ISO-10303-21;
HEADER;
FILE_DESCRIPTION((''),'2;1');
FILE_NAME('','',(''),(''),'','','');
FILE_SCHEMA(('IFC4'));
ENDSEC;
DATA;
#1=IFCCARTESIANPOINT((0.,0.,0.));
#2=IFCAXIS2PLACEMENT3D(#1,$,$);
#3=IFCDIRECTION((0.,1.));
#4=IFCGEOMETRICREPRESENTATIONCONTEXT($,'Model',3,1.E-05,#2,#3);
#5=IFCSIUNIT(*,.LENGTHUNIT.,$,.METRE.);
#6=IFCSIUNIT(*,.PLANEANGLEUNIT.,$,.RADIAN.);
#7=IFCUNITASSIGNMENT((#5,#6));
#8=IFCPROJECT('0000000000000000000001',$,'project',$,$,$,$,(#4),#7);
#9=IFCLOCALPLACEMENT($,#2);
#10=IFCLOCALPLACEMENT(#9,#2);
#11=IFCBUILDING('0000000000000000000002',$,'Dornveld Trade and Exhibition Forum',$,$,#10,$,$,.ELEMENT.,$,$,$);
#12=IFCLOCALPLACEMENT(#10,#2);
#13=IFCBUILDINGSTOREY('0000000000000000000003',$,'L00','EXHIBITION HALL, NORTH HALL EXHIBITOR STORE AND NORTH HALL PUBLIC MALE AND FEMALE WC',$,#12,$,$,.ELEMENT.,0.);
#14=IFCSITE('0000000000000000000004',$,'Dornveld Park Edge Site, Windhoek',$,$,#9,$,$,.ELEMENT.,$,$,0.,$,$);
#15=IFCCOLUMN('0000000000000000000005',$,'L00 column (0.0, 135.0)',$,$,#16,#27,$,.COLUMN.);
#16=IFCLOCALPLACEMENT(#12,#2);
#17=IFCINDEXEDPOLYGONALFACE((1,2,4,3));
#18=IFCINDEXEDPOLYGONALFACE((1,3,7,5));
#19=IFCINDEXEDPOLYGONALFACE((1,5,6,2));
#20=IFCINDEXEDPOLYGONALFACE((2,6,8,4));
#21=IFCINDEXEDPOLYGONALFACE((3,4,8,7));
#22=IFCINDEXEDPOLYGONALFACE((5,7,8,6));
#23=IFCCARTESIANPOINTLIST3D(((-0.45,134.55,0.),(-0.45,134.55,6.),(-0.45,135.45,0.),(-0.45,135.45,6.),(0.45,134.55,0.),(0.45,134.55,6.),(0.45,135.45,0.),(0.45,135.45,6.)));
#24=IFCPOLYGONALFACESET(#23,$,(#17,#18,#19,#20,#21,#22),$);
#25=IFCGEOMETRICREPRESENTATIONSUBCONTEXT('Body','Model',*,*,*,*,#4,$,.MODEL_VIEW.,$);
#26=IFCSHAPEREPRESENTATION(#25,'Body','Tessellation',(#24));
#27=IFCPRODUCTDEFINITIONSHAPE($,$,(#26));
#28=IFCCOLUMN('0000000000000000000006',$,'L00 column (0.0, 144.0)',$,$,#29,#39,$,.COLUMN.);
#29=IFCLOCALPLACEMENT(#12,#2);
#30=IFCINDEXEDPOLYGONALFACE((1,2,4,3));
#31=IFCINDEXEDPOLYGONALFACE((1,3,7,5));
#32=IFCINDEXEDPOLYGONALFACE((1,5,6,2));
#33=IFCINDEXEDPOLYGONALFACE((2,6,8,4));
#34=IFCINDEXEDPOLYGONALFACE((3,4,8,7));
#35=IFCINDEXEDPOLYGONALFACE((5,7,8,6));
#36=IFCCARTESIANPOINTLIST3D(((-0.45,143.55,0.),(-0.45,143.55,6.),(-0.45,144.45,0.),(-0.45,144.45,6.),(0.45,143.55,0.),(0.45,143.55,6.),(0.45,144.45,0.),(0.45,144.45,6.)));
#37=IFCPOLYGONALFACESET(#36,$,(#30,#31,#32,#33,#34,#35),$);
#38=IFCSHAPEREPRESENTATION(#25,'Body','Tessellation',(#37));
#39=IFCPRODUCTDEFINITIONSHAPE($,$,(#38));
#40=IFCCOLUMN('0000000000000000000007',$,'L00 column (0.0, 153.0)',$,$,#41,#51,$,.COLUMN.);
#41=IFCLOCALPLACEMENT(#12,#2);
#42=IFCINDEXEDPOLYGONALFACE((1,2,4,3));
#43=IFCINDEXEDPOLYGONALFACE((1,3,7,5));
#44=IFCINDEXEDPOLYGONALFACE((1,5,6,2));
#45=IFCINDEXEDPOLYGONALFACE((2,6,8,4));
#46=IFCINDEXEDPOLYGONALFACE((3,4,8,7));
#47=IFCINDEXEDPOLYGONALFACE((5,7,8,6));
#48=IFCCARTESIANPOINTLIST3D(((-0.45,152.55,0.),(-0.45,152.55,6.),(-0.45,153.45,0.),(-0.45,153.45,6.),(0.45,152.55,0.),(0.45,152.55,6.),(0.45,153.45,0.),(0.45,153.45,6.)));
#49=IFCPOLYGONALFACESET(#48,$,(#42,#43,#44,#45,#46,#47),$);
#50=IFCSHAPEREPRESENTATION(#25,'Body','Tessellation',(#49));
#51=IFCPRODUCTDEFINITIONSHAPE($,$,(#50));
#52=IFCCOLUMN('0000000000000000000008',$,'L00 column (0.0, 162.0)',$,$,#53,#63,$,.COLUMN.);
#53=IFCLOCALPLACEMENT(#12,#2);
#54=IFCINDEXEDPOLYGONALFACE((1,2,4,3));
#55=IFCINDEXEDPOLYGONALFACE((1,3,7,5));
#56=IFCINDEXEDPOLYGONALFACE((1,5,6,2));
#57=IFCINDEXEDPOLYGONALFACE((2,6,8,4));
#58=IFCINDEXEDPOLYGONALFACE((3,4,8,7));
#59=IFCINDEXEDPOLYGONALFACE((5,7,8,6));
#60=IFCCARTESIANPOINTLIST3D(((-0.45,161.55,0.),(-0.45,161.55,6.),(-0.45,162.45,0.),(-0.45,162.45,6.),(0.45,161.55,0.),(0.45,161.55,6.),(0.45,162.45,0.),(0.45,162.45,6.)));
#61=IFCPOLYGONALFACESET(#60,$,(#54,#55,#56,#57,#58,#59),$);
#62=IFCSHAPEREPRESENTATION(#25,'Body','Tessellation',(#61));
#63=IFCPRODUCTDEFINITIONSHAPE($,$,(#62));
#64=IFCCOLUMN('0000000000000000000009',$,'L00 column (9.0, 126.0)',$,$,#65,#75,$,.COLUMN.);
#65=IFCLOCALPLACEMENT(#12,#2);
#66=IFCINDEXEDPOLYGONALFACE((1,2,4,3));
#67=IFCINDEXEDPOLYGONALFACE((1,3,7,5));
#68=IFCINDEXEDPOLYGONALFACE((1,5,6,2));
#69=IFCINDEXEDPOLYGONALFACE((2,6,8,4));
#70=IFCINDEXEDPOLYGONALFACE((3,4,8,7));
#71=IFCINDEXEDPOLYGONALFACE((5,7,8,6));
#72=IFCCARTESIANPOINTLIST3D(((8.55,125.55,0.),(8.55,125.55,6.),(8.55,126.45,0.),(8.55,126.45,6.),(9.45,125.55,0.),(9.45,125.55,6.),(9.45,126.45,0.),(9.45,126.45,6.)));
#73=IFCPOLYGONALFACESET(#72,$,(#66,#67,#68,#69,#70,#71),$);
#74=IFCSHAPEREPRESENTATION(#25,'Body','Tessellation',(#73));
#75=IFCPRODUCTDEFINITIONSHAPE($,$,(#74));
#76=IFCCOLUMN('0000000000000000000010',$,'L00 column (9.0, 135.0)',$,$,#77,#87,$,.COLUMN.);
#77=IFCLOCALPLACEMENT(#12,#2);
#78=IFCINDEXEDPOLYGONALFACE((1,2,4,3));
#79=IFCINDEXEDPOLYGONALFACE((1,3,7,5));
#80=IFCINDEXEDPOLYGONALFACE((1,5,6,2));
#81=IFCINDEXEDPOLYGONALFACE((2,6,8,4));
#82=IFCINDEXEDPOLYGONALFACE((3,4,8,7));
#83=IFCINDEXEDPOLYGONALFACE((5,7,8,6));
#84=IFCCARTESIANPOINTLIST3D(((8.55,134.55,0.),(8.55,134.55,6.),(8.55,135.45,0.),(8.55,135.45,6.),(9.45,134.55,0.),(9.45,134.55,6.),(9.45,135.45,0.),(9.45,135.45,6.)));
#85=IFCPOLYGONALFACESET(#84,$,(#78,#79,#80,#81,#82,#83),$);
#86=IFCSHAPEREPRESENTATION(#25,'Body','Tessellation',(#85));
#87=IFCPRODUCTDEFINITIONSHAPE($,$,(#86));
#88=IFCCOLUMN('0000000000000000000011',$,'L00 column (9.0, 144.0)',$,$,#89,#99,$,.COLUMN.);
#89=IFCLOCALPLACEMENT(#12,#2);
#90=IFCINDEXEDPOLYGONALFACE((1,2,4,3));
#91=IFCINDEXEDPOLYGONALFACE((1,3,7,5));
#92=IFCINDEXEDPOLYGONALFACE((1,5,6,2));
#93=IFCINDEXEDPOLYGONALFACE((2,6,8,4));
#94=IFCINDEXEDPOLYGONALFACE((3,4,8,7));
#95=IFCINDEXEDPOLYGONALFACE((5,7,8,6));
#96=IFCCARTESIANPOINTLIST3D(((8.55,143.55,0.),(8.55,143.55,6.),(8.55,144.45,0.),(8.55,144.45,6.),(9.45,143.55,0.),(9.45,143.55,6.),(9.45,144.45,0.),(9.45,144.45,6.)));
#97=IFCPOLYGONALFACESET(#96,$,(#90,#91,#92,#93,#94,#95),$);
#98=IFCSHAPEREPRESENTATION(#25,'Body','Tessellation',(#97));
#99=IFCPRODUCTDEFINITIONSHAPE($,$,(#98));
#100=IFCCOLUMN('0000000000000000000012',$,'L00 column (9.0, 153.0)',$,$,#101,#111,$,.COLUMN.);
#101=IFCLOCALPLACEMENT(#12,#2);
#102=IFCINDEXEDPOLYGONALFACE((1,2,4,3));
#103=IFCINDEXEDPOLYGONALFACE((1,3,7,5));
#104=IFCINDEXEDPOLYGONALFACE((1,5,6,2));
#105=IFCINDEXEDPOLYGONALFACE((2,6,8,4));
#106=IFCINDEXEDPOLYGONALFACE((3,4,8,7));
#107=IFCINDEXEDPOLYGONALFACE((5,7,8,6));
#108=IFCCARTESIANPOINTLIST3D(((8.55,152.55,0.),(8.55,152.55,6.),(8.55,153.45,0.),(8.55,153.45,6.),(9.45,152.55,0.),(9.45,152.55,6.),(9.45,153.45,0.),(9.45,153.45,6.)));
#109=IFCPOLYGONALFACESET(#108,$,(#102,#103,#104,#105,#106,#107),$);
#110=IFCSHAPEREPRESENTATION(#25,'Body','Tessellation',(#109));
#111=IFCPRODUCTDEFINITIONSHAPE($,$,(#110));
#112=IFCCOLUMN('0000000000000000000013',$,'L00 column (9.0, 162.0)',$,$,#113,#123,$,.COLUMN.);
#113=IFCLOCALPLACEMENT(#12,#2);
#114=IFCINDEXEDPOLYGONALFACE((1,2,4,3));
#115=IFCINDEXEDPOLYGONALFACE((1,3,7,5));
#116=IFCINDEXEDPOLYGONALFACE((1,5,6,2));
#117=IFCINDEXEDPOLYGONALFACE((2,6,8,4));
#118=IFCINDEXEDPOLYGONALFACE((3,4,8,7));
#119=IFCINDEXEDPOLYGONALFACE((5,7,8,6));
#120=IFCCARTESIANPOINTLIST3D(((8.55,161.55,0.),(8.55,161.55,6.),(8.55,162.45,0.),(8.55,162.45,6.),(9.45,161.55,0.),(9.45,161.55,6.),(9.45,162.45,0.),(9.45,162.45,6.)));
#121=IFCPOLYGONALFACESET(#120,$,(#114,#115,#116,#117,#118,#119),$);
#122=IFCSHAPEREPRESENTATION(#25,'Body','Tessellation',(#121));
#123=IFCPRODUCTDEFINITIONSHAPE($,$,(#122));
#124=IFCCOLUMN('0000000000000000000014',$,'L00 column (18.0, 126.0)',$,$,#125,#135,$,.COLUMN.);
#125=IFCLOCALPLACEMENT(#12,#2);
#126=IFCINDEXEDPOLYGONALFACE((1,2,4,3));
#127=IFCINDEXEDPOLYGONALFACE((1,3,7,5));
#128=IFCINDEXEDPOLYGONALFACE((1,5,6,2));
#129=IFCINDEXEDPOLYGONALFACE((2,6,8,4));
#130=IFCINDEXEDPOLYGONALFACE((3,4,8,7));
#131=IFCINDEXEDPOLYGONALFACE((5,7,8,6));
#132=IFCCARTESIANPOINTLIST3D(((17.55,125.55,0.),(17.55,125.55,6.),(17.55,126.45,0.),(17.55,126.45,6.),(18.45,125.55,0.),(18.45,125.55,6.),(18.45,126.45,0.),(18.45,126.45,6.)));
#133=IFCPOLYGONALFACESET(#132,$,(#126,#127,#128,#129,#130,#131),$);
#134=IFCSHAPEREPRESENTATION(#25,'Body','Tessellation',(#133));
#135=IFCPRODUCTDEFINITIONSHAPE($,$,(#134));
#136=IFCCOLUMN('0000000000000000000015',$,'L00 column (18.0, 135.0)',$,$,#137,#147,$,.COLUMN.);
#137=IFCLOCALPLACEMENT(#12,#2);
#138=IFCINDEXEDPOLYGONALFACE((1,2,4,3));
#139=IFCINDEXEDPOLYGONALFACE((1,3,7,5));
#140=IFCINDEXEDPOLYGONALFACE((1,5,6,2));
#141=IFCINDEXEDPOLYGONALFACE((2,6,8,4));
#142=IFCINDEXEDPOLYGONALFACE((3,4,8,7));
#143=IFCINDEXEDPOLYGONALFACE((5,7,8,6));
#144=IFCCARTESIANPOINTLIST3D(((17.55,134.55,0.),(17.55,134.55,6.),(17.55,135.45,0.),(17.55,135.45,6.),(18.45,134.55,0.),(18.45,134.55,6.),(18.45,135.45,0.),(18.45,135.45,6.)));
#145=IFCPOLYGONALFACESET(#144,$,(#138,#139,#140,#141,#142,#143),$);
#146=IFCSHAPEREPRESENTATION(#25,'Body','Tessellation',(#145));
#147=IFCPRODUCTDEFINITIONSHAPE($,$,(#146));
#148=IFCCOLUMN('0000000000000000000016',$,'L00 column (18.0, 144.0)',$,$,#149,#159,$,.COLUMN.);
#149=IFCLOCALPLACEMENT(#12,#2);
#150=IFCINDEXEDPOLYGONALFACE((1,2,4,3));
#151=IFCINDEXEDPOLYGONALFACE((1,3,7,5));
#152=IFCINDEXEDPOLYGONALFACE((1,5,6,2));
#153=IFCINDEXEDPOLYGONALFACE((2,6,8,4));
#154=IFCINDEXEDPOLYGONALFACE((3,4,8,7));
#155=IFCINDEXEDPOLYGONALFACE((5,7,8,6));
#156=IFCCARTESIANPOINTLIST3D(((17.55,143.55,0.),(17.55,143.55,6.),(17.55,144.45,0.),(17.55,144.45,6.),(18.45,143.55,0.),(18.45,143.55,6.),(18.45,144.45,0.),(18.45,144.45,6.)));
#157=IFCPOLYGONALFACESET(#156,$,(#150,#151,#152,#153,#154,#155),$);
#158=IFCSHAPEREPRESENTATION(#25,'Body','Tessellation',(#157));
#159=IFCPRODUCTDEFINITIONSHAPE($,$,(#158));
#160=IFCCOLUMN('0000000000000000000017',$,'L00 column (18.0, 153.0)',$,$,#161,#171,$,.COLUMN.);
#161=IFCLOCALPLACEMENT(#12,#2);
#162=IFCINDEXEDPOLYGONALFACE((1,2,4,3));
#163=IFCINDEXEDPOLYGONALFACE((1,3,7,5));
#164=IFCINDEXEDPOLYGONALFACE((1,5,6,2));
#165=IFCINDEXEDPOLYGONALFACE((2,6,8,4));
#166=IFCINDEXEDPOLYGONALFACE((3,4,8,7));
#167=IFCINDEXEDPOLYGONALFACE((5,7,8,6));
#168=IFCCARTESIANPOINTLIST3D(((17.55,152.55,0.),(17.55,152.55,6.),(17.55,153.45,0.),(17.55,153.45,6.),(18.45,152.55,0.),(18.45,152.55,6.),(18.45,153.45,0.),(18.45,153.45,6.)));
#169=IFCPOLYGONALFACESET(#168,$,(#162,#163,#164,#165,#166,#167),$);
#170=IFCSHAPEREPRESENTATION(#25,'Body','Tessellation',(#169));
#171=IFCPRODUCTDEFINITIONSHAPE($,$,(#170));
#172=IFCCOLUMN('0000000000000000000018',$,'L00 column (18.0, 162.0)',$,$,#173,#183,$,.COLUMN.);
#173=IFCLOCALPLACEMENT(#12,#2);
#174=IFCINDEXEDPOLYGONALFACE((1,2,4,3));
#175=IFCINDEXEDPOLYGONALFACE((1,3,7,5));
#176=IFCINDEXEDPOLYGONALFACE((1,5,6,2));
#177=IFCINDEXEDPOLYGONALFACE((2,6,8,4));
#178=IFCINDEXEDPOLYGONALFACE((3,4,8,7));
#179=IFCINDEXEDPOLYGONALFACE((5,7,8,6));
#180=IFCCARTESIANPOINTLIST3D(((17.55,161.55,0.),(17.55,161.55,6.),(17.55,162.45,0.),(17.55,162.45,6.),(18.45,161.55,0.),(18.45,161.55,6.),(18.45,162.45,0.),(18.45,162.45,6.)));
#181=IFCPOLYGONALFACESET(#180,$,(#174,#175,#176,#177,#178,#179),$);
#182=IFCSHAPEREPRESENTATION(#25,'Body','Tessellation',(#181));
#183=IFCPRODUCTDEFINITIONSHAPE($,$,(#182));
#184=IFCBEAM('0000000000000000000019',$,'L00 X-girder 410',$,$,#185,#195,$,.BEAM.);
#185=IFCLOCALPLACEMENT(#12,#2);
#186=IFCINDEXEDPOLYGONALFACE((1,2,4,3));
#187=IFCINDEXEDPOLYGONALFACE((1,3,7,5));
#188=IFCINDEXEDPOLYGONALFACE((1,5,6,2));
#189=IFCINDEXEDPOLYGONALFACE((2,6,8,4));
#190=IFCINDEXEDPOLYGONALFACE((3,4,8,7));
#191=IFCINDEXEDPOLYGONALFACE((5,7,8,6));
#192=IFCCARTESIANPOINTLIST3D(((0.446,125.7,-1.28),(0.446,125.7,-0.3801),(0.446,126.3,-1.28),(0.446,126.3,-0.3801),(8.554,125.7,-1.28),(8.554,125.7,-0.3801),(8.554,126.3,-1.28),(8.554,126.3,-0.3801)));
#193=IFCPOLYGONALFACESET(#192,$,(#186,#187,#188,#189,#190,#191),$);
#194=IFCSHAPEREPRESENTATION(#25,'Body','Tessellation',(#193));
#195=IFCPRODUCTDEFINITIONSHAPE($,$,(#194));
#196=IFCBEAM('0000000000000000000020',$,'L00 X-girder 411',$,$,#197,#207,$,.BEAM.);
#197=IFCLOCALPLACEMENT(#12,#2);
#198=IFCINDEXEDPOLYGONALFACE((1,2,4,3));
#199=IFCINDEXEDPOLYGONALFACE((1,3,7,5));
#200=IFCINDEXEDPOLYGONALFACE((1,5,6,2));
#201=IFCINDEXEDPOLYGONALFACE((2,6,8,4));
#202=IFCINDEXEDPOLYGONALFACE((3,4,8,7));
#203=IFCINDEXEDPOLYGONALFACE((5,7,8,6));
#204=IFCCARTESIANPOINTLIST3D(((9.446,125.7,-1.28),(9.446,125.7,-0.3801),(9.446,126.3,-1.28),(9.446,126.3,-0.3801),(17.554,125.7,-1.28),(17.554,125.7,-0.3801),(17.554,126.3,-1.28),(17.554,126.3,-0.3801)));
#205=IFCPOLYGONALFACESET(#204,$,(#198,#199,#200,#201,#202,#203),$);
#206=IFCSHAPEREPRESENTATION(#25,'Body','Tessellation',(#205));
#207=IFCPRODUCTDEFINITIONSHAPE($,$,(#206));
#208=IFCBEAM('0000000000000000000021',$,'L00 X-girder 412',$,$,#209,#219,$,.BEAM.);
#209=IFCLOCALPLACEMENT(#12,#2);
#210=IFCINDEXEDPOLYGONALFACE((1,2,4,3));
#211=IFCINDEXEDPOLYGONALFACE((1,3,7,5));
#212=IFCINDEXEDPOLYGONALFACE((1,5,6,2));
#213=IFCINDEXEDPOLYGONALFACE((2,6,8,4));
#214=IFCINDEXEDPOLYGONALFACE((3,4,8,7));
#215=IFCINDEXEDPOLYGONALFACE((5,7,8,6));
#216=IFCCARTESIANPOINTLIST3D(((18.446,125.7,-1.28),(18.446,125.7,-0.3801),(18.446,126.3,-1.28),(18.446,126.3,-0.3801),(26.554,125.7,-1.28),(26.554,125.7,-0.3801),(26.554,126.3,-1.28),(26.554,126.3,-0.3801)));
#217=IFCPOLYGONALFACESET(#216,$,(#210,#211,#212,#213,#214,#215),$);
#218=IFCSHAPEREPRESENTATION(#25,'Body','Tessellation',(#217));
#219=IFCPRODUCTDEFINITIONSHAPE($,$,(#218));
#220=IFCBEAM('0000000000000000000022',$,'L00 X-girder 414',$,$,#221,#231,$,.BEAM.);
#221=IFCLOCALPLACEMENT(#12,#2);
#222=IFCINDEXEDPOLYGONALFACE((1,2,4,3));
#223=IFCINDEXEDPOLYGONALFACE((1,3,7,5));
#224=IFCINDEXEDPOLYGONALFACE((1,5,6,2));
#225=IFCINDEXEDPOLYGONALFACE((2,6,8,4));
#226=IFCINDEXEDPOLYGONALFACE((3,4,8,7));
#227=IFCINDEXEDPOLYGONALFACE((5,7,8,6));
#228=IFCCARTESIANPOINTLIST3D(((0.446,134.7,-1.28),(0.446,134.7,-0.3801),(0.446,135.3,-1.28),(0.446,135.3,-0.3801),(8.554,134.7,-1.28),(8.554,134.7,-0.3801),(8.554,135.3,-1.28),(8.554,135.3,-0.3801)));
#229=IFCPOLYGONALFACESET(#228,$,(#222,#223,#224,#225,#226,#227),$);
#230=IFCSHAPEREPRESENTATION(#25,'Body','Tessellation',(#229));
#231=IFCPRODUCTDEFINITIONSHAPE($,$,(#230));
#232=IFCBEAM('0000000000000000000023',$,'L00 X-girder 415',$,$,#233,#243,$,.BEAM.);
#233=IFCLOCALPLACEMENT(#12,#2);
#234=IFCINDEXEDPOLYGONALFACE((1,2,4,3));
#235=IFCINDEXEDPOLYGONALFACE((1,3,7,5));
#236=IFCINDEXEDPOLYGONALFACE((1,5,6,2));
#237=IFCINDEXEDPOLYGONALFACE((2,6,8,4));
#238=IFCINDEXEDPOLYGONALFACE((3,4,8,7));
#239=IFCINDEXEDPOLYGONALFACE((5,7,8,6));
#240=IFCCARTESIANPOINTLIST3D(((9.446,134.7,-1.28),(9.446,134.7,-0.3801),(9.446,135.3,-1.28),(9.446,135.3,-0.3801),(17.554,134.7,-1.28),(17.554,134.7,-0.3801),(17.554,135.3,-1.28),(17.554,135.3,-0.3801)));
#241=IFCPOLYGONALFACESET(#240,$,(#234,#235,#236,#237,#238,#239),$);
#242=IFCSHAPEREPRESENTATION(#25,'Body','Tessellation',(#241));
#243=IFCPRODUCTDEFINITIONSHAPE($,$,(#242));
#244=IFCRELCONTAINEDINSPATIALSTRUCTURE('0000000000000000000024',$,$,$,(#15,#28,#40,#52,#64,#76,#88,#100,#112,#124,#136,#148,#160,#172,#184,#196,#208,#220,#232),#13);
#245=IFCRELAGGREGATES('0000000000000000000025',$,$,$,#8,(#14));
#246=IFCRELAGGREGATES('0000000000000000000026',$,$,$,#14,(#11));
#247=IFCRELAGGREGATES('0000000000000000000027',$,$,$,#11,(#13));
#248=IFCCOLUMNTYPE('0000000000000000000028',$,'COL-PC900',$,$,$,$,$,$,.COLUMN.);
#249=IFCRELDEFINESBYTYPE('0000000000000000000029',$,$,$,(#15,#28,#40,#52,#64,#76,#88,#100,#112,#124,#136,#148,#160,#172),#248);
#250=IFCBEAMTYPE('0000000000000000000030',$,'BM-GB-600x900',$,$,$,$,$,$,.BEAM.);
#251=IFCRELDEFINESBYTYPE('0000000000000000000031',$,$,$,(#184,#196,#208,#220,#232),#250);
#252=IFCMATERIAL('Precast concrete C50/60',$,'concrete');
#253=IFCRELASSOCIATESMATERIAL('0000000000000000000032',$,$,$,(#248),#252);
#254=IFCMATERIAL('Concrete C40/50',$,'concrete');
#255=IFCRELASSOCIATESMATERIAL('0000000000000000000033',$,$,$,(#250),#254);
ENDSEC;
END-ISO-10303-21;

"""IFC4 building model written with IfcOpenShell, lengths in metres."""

from ifc_helpers import new_model, si_unit, direction, frame, origin, origin_2d, place, context, subcontext, project, spatial, rectangle, extrude, material, material_profile, profile_set, type_object, element, save


model = new_model("IFC4")

# Units and contexts
model_context = context("Model", 3, precision=1e-05, world=origin(), true_north=direction((0.0, 1.0)))
body_context = subcontext(model_context, "Body", "Model", "MODEL_VIEW")
ifc_project = project(units=[si_unit("LENGTHUNIT", "METRE"), si_unit("PLANEANGLEUNIT", "RADIAN")], contexts=[model_context])

# Site, building, storey
site_placement = place(None, origin())
site = spatial("IfcSite", under=ifc_project, at=site_placement, Name="Dornveld Park Edge Site, Windhoek", CompositionType="ELEMENT", RefElevation=0.0)
building_placement = place(site_placement, origin())
building = spatial("IfcBuilding", under=site, at=building_placement, Name="Dornveld Trade and Exhibition Forum", CompositionType="ELEMENT")
storey_placement = place(building_placement, origin())
storey = spatial("IfcBuildingStorey", under=building, at=storey_placement, Name="L00", Description="EXHIBITION HALL, NORTH HALL EXHIBITOR STORE AND NORTH HALL PUBLIC MALE AND FEMALE WC", CompositionType="ELEMENT", Elevation=0.0)

# Columns
ifc_material_1 = material(Name="Precast concrete C50/60", Category="concrete")
ifc_material_profile_1 = material_profile(ifc_material_1, rectangle(XDim=0.8999, YDim=0.8999, at=origin_2d()), Name="PC-COL 900x900")
ifc_profile_set_1 = profile_set([ifc_material_profile_1], Name="Precast concrete C50/60")
column_type = type_object("IfcColumnType", Name="COL-PC900", PredefinedType="COLUMN", material=ifc_profile_set_1)
for number, where, z_axis, x_axis, name in (
    (1, (0.0, 135.0, 0.0), (0.0, 0.0, 1.0), (1.0, 0.0, 0.0), "L00 column (0.0, 135.0)"),
    (2, (0.0, 144.0, 0.0), (0.0, 0.0, 1.0), (1.0, 0.0, 0.0), "L00 column (0.0, 144.0)"),
    (3, (0.0, 153.0, 0.0), (0.0, 0.0, 1.0), (1.0, 0.0, 0.0), "L00 column (0.0, 153.0)"),
    (4, (0.0, 162.0, 0.0), (0.0, 0.0, 1.0), (1.0, 0.0, 0.0), "L00 column (0.0, 162.0)"),
    (5, (9.0, 126.0, 0.0), (0.0, 0.0, 1.0), (1.0, 0.0, 0.0), "L00 column (9.0, 126.0)"),
    (6, (9.0, 135.0, 0.0), (0.0, 0.0, 1.0), (1.0, 0.0, 0.0), "L00 column (9.0, 135.0)"),
    (7, (9.0, 144.0, 0.0), (0.0, 0.0, 1.0), (1.0, 0.0, 0.0), "L00 column (9.0, 144.0)"),
    (8, (9.0, 153.0, 0.0), (0.0, 0.0, 1.0), (1.0, 0.0, 0.0), "L00 column (9.0, 153.0)"),
    (9, (9.0, 162.0, 0.0), (0.0, 0.0, 1.0), (1.0, 0.0, 0.0), "L00 column (9.0, 162.0)"),
    (10, (18.0, 126.0, 0.0), (0.0, 0.0, 1.0), (1.0, 0.0, 0.0), "L00 column (18.0, 126.0)"),
    (11, (18.0, 135.0, 0.0), (0.0, 0.0, 1.0), (1.0, 0.0, 0.0), "L00 column (18.0, 135.0)"),
    (12, (18.0, 144.0, 0.0), (0.0, 0.0, 1.0), (1.0, 0.0, 0.0), "L00 column (18.0, 144.0)"),
    (13, (18.0, 153.0, 0.0), (0.0, 0.0, 1.0), (1.0, 0.0, 0.0), "L00 column (18.0, 153.0)"),
    (14, (18.0, 162.0, 0.0), (0.0, 0.0, 1.0), (1.0, 0.0, 0.0), "L00 column (18.0, 162.0)"),
):
    element("IfcColumn", number, at=place(storey_placement, frame(where, z_axis=z_axis, x_axis=x_axis)), inside=storey, type_object=column_type, Name=name, PredefinedType="COLUMN", context=body_context, shape_type="SweptSolid", body=[
        extrude(rectangle(XDim=0.8999, YDim=0.8999, at=origin_2d()), origin(), (0.0, 0.0, 1.0), 6.0),
    ])

# Beams
ifc_material_2 = material(Name="Concrete C40/50", Category="concrete")
ifc_material_profile_2 = material_profile(ifc_material_2, rectangle(XDim=0.6001, YDim=0.8999, at=origin_2d()), Name="RC-GB 600x900")
ifc_profile_set_2 = profile_set([ifc_material_profile_2], Name="Concrete C40/50")
beam_type_1 = type_object("IfcBeamType", Name="BM-GB-600x900", PredefinedType="BEAM", material=ifc_profile_set_2)
for number, where, z_axis, x_axis, name in (
    (15, (0.446, 126.0, -0.8301), (1.0, 0.0, 0.0), (0.0, 1.0, 0.0), "L00 X-girder 410"),
    (16, (9.446, 126.0, -0.8301), (1.0, 0.0, 0.0), (0.0, 1.0, 0.0), "L00 X-girder 411"),
    (17, (18.446, 126.0, -0.8301), (1.0, 0.0, 0.0), (0.0, 1.0, 0.0), "L00 X-girder 412"),
    (18, (0.446, 135.0, -0.8301), (1.0, 0.0, 0.0), (0.0, 1.0, 0.0), "L00 X-girder 414"),
    (19, (9.446, 135.0, -0.8301), (1.0, 0.0, 0.0), (0.0, 1.0, 0.0), "L00 X-girder 415"),
):
    element("IfcBeam", number, at=place(storey_placement, frame(where, z_axis=z_axis, x_axis=x_axis)), inside=storey, type_object=beam_type_1, Name=name, PredefinedType="BEAM", context=body_context, shape_type="SweptSolid", body=[
        extrude(rectangle(XDim=0.6001, YDim=0.8999, at=origin_2d()), origin(), (0.0, 0.0, 1.0), 8.1079),
    ])

save(model, "model.ifc")
